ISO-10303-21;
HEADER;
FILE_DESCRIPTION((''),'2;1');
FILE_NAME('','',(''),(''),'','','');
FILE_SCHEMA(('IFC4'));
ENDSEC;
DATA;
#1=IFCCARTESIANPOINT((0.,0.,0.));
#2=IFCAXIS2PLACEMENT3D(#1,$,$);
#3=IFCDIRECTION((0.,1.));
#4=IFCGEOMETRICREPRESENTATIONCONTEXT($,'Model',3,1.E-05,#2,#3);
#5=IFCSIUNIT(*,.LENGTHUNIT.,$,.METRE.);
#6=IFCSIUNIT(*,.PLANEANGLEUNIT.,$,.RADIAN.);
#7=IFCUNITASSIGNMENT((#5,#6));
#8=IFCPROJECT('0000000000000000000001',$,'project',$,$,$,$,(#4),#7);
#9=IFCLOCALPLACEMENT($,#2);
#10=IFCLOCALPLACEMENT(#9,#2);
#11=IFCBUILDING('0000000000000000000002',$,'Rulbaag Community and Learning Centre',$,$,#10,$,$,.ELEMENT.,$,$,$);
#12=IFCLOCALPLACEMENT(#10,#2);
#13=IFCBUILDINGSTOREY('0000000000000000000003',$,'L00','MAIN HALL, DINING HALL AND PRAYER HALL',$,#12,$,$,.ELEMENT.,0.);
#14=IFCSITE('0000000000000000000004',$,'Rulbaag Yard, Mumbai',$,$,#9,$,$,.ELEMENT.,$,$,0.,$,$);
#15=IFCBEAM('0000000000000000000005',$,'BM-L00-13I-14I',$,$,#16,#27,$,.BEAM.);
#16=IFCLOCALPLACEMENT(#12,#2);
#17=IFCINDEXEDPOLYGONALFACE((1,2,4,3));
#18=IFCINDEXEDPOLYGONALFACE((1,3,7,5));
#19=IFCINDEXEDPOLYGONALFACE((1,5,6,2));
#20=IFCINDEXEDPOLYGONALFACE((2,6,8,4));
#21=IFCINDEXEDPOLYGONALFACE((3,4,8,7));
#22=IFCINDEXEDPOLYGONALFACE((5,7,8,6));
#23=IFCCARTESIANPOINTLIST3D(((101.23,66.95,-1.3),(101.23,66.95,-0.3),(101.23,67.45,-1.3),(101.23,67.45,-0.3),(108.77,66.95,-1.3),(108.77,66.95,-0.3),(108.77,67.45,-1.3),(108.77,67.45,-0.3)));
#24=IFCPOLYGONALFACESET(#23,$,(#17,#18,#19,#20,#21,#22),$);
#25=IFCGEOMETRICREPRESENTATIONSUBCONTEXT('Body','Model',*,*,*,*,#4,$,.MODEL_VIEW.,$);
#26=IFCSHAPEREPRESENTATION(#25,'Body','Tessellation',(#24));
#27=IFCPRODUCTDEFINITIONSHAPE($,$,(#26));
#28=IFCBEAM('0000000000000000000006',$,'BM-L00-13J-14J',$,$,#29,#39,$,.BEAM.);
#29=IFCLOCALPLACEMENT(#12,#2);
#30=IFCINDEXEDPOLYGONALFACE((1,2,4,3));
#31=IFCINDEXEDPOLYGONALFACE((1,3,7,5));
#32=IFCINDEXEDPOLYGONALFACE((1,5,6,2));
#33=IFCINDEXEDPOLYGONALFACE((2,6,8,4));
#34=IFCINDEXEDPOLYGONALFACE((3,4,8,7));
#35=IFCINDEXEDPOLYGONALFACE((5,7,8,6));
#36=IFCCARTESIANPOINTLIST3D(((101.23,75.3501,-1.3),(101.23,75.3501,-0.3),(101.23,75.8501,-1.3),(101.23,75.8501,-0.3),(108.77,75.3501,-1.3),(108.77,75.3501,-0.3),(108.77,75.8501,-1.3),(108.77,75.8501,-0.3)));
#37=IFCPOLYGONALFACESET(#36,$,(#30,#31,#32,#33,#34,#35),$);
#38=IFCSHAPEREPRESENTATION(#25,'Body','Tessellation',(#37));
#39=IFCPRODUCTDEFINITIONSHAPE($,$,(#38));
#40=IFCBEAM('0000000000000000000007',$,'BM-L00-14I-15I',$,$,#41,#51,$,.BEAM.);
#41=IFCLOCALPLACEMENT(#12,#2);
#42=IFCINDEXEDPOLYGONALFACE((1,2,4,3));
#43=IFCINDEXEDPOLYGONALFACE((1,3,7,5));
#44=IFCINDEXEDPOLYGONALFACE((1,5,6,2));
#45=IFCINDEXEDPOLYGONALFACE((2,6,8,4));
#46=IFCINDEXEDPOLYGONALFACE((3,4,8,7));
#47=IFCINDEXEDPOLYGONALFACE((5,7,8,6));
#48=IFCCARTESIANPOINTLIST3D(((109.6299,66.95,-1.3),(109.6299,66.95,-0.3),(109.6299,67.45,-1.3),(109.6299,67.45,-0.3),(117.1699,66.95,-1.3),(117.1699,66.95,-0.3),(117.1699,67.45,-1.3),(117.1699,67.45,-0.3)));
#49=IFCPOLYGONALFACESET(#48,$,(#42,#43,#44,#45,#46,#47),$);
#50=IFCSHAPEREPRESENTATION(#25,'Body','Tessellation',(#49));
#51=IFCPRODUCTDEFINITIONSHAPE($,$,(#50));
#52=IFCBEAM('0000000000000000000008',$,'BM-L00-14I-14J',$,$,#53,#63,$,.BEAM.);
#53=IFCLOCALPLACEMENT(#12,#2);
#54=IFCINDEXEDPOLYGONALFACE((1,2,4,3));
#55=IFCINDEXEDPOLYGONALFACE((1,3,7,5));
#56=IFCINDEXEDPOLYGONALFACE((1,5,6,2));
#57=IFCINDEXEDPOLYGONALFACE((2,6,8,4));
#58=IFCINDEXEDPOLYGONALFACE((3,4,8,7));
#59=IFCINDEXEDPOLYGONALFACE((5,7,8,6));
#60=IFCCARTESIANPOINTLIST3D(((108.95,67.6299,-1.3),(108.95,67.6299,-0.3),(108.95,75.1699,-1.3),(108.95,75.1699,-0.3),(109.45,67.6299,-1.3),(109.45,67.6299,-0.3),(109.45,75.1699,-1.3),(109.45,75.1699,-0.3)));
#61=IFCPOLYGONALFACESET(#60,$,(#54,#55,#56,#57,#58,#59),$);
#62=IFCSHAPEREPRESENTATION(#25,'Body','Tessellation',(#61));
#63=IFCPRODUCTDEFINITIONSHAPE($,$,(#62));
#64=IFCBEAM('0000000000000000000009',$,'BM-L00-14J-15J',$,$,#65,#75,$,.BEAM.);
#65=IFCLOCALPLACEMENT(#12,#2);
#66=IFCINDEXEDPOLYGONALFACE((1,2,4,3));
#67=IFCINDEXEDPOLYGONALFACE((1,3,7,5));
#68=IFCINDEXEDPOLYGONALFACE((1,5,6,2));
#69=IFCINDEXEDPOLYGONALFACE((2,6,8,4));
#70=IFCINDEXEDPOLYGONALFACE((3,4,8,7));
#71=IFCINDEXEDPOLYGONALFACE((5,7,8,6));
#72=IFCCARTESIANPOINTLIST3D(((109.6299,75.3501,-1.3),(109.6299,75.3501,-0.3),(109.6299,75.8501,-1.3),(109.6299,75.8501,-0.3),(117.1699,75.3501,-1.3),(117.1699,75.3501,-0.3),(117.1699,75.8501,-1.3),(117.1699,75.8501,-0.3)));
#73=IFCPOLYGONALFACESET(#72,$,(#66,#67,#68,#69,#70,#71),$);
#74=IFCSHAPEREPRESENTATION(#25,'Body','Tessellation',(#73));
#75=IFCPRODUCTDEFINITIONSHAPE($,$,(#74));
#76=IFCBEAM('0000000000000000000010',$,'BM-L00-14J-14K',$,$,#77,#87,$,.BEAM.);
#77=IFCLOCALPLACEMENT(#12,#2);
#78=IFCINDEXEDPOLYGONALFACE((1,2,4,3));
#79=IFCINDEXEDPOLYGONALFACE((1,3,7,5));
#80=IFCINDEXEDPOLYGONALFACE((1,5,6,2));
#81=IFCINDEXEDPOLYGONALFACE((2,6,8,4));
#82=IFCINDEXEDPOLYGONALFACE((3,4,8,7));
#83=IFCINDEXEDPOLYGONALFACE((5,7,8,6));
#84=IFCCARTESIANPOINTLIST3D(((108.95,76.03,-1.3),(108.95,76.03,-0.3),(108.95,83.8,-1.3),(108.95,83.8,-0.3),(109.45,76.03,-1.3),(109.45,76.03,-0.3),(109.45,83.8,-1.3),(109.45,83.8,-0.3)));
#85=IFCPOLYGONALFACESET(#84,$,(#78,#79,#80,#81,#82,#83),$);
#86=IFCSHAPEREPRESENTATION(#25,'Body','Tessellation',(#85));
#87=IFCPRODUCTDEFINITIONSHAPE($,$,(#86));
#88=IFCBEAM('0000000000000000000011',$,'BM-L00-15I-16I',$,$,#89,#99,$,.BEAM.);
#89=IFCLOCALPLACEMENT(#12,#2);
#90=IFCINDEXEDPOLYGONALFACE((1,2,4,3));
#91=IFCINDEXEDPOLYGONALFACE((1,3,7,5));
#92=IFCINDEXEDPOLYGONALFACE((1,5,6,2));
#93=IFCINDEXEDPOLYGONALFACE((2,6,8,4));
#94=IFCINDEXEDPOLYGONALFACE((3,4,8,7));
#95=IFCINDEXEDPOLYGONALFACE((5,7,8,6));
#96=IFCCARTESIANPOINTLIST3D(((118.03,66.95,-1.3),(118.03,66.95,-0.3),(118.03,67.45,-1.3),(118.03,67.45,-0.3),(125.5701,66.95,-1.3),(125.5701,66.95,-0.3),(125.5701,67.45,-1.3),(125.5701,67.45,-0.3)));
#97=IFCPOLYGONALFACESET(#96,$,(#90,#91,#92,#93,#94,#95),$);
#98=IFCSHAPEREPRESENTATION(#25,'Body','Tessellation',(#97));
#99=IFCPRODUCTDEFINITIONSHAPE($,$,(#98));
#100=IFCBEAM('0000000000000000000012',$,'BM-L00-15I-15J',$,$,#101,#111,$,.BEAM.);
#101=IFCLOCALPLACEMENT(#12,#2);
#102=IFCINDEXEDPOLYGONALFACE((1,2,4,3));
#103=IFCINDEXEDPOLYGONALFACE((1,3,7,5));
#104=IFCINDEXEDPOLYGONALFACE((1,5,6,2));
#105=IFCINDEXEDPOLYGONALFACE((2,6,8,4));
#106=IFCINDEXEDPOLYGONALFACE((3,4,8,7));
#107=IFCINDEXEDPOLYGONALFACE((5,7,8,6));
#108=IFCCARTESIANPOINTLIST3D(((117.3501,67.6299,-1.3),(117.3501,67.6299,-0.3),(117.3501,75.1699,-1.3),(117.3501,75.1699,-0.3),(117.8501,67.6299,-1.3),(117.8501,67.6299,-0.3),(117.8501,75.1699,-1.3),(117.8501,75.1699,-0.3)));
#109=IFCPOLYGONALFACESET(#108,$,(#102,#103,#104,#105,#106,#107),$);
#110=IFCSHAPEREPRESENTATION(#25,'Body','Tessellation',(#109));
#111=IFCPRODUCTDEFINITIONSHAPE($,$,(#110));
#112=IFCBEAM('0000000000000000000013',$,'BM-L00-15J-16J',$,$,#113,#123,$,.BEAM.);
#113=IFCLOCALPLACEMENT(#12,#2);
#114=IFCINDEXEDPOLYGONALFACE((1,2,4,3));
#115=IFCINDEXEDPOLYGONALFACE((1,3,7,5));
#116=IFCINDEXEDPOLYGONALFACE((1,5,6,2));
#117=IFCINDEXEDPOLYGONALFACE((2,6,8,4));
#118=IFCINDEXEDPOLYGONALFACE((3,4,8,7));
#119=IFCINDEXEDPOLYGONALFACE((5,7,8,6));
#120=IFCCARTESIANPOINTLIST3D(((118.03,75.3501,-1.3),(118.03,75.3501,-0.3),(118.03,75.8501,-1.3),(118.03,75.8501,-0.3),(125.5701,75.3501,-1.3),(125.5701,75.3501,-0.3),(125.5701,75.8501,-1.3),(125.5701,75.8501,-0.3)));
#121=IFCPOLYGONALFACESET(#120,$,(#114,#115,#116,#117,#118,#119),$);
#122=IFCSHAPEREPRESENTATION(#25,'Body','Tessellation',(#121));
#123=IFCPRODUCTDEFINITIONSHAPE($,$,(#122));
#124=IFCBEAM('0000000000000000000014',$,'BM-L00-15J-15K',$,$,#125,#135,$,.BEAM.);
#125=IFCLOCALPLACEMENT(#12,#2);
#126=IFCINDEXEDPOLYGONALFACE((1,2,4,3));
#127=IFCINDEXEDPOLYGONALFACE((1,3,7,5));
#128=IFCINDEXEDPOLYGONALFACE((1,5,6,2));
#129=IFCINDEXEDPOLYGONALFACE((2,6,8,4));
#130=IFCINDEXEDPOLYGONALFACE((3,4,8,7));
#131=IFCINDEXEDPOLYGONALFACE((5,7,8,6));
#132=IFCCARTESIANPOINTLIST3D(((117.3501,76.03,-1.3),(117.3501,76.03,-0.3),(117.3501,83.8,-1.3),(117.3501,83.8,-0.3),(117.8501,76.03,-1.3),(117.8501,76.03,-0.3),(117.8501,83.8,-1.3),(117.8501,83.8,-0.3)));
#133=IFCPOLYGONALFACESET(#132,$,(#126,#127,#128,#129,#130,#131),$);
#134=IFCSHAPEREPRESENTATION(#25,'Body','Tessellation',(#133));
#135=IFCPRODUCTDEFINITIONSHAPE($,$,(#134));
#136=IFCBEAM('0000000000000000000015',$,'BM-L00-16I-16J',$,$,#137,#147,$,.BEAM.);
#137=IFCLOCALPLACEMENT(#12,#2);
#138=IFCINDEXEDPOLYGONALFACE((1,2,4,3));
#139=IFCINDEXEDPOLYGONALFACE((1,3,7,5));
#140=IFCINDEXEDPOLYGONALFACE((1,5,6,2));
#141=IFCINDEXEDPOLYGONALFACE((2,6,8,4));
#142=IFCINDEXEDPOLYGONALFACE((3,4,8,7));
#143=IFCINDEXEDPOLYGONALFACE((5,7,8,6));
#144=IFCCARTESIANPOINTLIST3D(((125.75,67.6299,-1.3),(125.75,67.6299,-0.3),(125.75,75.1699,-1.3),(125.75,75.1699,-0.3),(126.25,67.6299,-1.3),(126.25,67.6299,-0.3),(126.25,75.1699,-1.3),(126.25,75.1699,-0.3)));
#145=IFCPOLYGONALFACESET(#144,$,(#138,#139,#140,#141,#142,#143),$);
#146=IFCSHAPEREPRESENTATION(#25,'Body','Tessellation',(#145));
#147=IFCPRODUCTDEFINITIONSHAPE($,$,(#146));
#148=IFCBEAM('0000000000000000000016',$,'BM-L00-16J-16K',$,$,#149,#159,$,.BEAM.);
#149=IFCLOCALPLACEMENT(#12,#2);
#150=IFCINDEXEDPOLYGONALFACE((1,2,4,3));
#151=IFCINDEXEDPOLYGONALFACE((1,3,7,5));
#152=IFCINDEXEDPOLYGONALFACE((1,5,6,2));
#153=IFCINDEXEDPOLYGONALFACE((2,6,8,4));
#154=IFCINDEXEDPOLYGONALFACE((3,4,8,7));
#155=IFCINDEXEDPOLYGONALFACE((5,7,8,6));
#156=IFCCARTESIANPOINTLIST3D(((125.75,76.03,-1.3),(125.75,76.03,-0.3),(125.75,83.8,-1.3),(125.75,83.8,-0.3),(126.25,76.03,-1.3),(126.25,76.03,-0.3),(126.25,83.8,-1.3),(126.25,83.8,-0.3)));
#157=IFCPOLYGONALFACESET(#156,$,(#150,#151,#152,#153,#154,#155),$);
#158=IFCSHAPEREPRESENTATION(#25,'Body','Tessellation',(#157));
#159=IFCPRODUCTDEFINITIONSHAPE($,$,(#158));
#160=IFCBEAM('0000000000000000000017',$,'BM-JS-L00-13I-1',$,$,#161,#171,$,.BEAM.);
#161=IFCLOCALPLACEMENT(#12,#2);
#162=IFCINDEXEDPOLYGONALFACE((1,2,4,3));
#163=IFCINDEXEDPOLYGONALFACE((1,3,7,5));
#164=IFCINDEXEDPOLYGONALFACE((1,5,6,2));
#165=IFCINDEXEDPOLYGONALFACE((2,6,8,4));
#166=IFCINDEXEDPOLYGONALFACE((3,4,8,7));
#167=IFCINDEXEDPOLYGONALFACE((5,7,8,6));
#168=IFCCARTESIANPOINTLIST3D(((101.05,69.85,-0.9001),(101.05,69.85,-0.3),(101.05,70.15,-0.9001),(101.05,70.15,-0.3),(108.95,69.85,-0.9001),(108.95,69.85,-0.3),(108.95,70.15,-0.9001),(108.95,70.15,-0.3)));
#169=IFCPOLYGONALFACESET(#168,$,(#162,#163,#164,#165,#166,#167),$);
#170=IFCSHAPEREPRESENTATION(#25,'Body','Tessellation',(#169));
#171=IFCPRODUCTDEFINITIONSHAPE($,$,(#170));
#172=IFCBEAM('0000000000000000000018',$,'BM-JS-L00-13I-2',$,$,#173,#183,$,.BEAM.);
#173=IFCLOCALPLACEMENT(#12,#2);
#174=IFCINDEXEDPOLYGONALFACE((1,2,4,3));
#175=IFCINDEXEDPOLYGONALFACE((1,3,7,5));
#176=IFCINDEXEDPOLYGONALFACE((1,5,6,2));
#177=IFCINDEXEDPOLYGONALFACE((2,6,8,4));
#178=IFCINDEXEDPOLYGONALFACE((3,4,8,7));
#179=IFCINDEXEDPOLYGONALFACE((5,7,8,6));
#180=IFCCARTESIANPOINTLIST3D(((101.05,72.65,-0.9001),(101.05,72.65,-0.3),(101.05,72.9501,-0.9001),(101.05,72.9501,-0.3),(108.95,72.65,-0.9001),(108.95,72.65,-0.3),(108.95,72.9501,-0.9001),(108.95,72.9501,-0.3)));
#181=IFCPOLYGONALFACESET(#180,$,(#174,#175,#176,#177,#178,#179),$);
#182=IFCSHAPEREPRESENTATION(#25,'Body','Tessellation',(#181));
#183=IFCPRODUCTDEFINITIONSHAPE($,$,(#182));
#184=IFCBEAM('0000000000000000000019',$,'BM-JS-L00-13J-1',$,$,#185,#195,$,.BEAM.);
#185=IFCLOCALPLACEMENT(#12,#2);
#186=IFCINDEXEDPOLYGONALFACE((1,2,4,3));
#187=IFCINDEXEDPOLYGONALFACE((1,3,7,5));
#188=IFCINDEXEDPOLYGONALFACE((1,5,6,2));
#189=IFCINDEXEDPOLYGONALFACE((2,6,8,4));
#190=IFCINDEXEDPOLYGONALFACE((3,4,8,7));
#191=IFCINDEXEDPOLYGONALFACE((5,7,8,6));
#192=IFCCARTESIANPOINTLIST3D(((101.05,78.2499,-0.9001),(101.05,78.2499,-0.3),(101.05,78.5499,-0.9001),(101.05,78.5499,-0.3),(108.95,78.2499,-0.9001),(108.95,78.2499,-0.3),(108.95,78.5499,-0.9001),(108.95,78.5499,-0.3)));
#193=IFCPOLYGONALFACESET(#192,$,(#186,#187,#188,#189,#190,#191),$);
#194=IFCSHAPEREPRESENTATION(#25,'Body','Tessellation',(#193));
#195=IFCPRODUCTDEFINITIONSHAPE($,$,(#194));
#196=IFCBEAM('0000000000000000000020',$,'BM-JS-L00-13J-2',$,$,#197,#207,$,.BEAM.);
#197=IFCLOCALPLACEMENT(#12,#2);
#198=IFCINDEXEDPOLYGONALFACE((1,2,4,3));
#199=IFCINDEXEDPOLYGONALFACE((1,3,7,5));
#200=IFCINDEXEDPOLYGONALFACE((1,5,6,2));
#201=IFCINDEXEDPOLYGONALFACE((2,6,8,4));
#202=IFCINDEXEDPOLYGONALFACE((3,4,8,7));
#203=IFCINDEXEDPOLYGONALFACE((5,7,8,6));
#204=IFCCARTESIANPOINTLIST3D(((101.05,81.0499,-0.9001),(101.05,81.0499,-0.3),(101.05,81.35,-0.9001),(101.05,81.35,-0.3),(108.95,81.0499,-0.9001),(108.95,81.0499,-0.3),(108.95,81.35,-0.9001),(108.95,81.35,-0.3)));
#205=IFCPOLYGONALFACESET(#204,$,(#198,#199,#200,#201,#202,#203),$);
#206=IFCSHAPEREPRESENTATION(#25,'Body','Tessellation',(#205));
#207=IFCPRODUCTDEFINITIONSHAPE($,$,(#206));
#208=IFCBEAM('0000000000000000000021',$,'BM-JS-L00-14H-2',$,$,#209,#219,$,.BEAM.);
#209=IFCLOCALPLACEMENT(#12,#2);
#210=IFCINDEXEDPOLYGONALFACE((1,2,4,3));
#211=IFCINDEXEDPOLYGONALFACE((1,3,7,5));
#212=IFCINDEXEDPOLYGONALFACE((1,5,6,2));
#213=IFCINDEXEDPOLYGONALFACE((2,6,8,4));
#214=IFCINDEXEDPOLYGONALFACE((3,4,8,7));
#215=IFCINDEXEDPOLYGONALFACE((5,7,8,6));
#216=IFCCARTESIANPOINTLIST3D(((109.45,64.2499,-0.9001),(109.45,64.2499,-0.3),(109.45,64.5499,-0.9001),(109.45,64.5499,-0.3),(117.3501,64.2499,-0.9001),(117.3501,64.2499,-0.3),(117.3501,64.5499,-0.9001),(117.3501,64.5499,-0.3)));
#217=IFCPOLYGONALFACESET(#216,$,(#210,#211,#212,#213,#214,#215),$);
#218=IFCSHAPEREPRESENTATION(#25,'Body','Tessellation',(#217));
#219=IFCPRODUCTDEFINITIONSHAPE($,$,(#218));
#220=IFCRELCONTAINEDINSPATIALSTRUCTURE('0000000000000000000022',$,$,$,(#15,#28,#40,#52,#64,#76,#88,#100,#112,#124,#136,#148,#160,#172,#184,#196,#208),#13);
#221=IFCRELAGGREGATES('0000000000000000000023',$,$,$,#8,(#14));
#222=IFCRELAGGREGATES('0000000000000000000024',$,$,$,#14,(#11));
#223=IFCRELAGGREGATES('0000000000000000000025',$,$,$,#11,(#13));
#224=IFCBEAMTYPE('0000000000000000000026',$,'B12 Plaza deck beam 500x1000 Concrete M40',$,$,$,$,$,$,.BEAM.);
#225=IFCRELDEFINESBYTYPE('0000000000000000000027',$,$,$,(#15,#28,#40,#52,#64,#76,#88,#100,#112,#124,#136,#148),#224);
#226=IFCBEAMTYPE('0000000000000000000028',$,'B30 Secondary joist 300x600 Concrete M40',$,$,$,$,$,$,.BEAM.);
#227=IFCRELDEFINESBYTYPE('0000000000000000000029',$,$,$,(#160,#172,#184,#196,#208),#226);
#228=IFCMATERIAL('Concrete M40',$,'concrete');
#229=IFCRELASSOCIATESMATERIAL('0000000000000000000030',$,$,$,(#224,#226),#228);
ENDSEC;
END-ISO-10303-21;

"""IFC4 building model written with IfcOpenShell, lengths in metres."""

from ifc_helpers import new_model, si_unit, direction, frame, origin, origin_2d, place, context, subcontext, project, spatial, rectangle, extrude, material, material_profile, profile_set, type_object, element, save


model = new_model("IFC4")

# Units and contexts
model_context = context("Model", 3, precision=1e-05, world=origin(), true_north=direction((0.0, 1.0)))
body_context = subcontext(model_context, "Body", "Model", "MODEL_VIEW")
ifc_project = project(units=[si_unit("LENGTHUNIT", "METRE"), si_unit("PLANEANGLEUNIT", "RADIAN")], contexts=[model_context])

# Site, building, storey
site_placement = place(None, origin())
site = spatial("IfcSite", under=ifc_project, at=site_placement, Name="Rulbaag Yard, Mumbai", CompositionType="ELEMENT", RefElevation=0.0)
building_placement = place(site_placement, origin())
building = spatial("IfcBuilding", under=site, at=building_placement, Name="Rulbaag Community and Learning Centre", CompositionType="ELEMENT")
storey_placement = place(building_placement, origin())
storey = spatial("IfcBuildingStorey", under=building, at=storey_placement, Name="L00", Description="MAIN HALL, DINING HALL AND PRAYER HALL", CompositionType="ELEMENT", Elevation=0.0)

# Beams
ifc_material = material(Name="Concrete M40", Category="concrete")
ifc_material_profile_1 = material_profile(ifc_material, rectangle(XDim=0.5, YDim=1.0, at=origin_2d()), Name="RB500x1000")
ifc_profile_set_1 = profile_set([ifc_material_profile_1], Name="Concrete M40")
beam_type_1 = type_object("IfcBeamType", Name="B12 Plaza deck beam 500x1000 Concrete M40", PredefinedType="BEAM", material=ifc_profile_set_1)
for number, where, z_axis, x_axis, name in (
    (1, (101.23, 67.2, -0.8), (1.0, 0.0, 0.0), (0.0, 1.0, 0.0), "BM-L00-13I-14I"),
    (2, (101.23, 75.6001, -0.8), (1.0, 0.0, 0.0), (0.0, 1.0, 0.0), "BM-L00-13J-14J"),
    (3, (109.6299, 67.2, -0.8), (1.0, 0.0, 0.0), (0.0, 1.0, 0.0), "BM-L00-14I-15I"),
    (4, (109.2, 67.6299, -0.8), (0.0, 1.0, 0.0), (-1.0, 0.0, 0.0), "BM-L00-14I-14J"),
    (5, (109.6299, 75.6001, -0.8), (1.0, 0.0, 0.0), (0.0, 1.0, 0.0), "BM-L00-14J-15J"),
):
    element("IfcBeam", number, at=place(storey_placement, frame(where, z_axis=z_axis, x_axis=x_axis)), inside=storey, type_object=beam_type_1, Name=name, PredefinedType="BEAM", context=body_context, shape_type="SweptSolid", body=[
        extrude(rectangle(XDim=0.5, YDim=1.0, at=origin_2d()), origin(), (0.0, 0.0, 1.0), 7.54),
    ])
beam_1_placement = place(storey_placement, frame((109.2, 76.03, -0.8), z_axis=(0.0, 1.0, 0.0), x_axis=(-1.0, 0.0, 0.0)))
element("IfcBeam", 6, at=beam_1_placement, inside=storey, type_object=beam_type_1, Name="BM-L00-14J-14K", PredefinedType="BEAM", context=body_context, shape_type="SweptSolid", body=[
    extrude(rectangle(XDim=0.5, YDim=1.0, at=origin_2d()), origin(), (0.0, 0.0, 1.0), 7.77),
])
for number, where, z_axis, x_axis, name in (
    (7, (118.03, 67.2, -0.8), (1.0, 0.0, 0.0), (0.0, 1.0, 0.0), "BM-L00-15I-16I"),
    (8, (117.6001, 67.6299, -0.8), (0.0, 1.0, 0.0), (-1.0, 0.0, 0.0), "BM-L00-15I-15J"),
    (9, (118.03, 75.6001, -0.8), (1.0, 0.0, 0.0), (0.0, 1.0, 0.0), "BM-L00-15J-16J"),
):
    element("IfcBeam", number, at=place(storey_placement, frame(where, z_axis=z_axis, x_axis=x_axis)), inside=storey, type_object=beam_type_1, Name=name, PredefinedType="BEAM", context=body_context, shape_type="SweptSolid", body=[
        extrude(rectangle(XDim=0.5, YDim=1.0, at=origin_2d()), origin(), (0.0, 0.0, 1.0), 7.54),
    ])
beam_2_placement = place(storey_placement, frame((117.6001, 76.03, -0.8), z_axis=(0.0, 1.0, 0.0), x_axis=(-1.0, 0.0, 0.0)))
element("IfcBeam", 10, at=beam_2_placement, inside=storey, type_object=beam_type_1, Name="BM-L00-15J-15K", PredefinedType="BEAM", context=body_context, shape_type="SweptSolid", body=[
    extrude(rectangle(XDim=0.5, YDim=1.0, at=origin_2d()), origin(), (0.0, 0.0, 1.0), 7.77),
])
beam_3_placement = place(storey_placement, frame((126.0, 67.6299, -0.8), z_axis=(0.0, 1.0, 0.0), x_axis=(-1.0, 0.0, 0.0)))
element("IfcBeam", 11, at=beam_3_placement, inside=storey, type_object=beam_type_1, Name="BM-L00-16I-16J", PredefinedType="BEAM", context=body_context, shape_type="SweptSolid", body=[
    extrude(rectangle(XDim=0.5, YDim=1.0, at=origin_2d()), origin(), (0.0, 0.0, 1.0), 7.54),
])
beam_4_placement = place(storey_placement, frame((126.0, 76.03, -0.8), z_axis=(0.0, 1.0, 0.0), x_axis=(-1.0, 0.0, 0.0)))
element("IfcBeam", 12, at=beam_4_placement, inside=storey, type_object=beam_type_1, Name="BM-L00-16J-16K", PredefinedType="BEAM", context=body_context, shape_type="SweptSolid", body=[
    extrude(rectangle(XDim=0.5, YDim=1.0, at=origin_2d()), origin(), (0.0, 0.0, 1.0), 7.77),
])
ifc_material_profile_2 = material_profile(ifc_material, rectangle(XDim=0.3, YDim=0.6001, at=origin_2d()), Name="RB300x600")
ifc_profile_set_2 = profile_set([ifc_material_profile_2], Name="Concrete M40")
beam_type_2 = type_object("IfcBeamType", Name="B30 Secondary joist 300x600 Concrete M40", PredefinedType="BEAM", material=ifc_profile_set_2)
for number, where, z_axis, x_axis, name in (
    (13, (101.05, 70.0, -0.6001), (1.0, 0.0, 0.0), (0.0, 1.0, 0.0), "BM-JS-L00-13I-1"),
    (14, (101.05, 72.8, -0.6001), (1.0, 0.0, 0.0), (0.0, 1.0, 0.0), "BM-JS-L00-13I-2"),
    (15, (101.05, 78.3999, -0.6001), (1.0, 0.0, 0.0), (0.0, 1.0, 0.0), "BM-JS-L00-13J-1"),
    (16, (101.05, 81.2, -0.6001), (1.0, 0.0, 0.0), (0.0, 1.0, 0.0), "BM-JS-L00-13J-2"),
):
    element("IfcBeam", number, at=place(storey_placement, frame(where, z_axis=z_axis, x_axis=x_axis)), inside=storey, type_object=beam_type_2, Name=name, PredefinedType="BEAM", context=body_context, shape_type="SweptSolid", body=[
        extrude(rectangle(XDim=0.3, YDim=0.6001, at=origin_2d()), origin(), (0.0, 0.0, 1.0), 7.8999),
    ])
for number, where, z_axis, x_axis, name in (
    (17, (109.45, 64.3999, -0.6001), (1.0, 0.0, 0.0), (0.0, 1.0, 0.0), "BM-JS-L00-14H-2"),
):
    element("IfcBeam", number, at=place(storey_placement, frame(where, z_axis=z_axis, x_axis=x_axis)), inside=storey, type_object=beam_type_2, Name=name, PredefinedType="BEAM", context=body_context, shape_type="SweptSolid", body=[
        extrude(rectangle(XDim=0.3, YDim=0.6001, at=origin_2d()), origin(), (0.0, 0.0, 1.0), 7.9001),
    ])

save(model, "model.ifc")
